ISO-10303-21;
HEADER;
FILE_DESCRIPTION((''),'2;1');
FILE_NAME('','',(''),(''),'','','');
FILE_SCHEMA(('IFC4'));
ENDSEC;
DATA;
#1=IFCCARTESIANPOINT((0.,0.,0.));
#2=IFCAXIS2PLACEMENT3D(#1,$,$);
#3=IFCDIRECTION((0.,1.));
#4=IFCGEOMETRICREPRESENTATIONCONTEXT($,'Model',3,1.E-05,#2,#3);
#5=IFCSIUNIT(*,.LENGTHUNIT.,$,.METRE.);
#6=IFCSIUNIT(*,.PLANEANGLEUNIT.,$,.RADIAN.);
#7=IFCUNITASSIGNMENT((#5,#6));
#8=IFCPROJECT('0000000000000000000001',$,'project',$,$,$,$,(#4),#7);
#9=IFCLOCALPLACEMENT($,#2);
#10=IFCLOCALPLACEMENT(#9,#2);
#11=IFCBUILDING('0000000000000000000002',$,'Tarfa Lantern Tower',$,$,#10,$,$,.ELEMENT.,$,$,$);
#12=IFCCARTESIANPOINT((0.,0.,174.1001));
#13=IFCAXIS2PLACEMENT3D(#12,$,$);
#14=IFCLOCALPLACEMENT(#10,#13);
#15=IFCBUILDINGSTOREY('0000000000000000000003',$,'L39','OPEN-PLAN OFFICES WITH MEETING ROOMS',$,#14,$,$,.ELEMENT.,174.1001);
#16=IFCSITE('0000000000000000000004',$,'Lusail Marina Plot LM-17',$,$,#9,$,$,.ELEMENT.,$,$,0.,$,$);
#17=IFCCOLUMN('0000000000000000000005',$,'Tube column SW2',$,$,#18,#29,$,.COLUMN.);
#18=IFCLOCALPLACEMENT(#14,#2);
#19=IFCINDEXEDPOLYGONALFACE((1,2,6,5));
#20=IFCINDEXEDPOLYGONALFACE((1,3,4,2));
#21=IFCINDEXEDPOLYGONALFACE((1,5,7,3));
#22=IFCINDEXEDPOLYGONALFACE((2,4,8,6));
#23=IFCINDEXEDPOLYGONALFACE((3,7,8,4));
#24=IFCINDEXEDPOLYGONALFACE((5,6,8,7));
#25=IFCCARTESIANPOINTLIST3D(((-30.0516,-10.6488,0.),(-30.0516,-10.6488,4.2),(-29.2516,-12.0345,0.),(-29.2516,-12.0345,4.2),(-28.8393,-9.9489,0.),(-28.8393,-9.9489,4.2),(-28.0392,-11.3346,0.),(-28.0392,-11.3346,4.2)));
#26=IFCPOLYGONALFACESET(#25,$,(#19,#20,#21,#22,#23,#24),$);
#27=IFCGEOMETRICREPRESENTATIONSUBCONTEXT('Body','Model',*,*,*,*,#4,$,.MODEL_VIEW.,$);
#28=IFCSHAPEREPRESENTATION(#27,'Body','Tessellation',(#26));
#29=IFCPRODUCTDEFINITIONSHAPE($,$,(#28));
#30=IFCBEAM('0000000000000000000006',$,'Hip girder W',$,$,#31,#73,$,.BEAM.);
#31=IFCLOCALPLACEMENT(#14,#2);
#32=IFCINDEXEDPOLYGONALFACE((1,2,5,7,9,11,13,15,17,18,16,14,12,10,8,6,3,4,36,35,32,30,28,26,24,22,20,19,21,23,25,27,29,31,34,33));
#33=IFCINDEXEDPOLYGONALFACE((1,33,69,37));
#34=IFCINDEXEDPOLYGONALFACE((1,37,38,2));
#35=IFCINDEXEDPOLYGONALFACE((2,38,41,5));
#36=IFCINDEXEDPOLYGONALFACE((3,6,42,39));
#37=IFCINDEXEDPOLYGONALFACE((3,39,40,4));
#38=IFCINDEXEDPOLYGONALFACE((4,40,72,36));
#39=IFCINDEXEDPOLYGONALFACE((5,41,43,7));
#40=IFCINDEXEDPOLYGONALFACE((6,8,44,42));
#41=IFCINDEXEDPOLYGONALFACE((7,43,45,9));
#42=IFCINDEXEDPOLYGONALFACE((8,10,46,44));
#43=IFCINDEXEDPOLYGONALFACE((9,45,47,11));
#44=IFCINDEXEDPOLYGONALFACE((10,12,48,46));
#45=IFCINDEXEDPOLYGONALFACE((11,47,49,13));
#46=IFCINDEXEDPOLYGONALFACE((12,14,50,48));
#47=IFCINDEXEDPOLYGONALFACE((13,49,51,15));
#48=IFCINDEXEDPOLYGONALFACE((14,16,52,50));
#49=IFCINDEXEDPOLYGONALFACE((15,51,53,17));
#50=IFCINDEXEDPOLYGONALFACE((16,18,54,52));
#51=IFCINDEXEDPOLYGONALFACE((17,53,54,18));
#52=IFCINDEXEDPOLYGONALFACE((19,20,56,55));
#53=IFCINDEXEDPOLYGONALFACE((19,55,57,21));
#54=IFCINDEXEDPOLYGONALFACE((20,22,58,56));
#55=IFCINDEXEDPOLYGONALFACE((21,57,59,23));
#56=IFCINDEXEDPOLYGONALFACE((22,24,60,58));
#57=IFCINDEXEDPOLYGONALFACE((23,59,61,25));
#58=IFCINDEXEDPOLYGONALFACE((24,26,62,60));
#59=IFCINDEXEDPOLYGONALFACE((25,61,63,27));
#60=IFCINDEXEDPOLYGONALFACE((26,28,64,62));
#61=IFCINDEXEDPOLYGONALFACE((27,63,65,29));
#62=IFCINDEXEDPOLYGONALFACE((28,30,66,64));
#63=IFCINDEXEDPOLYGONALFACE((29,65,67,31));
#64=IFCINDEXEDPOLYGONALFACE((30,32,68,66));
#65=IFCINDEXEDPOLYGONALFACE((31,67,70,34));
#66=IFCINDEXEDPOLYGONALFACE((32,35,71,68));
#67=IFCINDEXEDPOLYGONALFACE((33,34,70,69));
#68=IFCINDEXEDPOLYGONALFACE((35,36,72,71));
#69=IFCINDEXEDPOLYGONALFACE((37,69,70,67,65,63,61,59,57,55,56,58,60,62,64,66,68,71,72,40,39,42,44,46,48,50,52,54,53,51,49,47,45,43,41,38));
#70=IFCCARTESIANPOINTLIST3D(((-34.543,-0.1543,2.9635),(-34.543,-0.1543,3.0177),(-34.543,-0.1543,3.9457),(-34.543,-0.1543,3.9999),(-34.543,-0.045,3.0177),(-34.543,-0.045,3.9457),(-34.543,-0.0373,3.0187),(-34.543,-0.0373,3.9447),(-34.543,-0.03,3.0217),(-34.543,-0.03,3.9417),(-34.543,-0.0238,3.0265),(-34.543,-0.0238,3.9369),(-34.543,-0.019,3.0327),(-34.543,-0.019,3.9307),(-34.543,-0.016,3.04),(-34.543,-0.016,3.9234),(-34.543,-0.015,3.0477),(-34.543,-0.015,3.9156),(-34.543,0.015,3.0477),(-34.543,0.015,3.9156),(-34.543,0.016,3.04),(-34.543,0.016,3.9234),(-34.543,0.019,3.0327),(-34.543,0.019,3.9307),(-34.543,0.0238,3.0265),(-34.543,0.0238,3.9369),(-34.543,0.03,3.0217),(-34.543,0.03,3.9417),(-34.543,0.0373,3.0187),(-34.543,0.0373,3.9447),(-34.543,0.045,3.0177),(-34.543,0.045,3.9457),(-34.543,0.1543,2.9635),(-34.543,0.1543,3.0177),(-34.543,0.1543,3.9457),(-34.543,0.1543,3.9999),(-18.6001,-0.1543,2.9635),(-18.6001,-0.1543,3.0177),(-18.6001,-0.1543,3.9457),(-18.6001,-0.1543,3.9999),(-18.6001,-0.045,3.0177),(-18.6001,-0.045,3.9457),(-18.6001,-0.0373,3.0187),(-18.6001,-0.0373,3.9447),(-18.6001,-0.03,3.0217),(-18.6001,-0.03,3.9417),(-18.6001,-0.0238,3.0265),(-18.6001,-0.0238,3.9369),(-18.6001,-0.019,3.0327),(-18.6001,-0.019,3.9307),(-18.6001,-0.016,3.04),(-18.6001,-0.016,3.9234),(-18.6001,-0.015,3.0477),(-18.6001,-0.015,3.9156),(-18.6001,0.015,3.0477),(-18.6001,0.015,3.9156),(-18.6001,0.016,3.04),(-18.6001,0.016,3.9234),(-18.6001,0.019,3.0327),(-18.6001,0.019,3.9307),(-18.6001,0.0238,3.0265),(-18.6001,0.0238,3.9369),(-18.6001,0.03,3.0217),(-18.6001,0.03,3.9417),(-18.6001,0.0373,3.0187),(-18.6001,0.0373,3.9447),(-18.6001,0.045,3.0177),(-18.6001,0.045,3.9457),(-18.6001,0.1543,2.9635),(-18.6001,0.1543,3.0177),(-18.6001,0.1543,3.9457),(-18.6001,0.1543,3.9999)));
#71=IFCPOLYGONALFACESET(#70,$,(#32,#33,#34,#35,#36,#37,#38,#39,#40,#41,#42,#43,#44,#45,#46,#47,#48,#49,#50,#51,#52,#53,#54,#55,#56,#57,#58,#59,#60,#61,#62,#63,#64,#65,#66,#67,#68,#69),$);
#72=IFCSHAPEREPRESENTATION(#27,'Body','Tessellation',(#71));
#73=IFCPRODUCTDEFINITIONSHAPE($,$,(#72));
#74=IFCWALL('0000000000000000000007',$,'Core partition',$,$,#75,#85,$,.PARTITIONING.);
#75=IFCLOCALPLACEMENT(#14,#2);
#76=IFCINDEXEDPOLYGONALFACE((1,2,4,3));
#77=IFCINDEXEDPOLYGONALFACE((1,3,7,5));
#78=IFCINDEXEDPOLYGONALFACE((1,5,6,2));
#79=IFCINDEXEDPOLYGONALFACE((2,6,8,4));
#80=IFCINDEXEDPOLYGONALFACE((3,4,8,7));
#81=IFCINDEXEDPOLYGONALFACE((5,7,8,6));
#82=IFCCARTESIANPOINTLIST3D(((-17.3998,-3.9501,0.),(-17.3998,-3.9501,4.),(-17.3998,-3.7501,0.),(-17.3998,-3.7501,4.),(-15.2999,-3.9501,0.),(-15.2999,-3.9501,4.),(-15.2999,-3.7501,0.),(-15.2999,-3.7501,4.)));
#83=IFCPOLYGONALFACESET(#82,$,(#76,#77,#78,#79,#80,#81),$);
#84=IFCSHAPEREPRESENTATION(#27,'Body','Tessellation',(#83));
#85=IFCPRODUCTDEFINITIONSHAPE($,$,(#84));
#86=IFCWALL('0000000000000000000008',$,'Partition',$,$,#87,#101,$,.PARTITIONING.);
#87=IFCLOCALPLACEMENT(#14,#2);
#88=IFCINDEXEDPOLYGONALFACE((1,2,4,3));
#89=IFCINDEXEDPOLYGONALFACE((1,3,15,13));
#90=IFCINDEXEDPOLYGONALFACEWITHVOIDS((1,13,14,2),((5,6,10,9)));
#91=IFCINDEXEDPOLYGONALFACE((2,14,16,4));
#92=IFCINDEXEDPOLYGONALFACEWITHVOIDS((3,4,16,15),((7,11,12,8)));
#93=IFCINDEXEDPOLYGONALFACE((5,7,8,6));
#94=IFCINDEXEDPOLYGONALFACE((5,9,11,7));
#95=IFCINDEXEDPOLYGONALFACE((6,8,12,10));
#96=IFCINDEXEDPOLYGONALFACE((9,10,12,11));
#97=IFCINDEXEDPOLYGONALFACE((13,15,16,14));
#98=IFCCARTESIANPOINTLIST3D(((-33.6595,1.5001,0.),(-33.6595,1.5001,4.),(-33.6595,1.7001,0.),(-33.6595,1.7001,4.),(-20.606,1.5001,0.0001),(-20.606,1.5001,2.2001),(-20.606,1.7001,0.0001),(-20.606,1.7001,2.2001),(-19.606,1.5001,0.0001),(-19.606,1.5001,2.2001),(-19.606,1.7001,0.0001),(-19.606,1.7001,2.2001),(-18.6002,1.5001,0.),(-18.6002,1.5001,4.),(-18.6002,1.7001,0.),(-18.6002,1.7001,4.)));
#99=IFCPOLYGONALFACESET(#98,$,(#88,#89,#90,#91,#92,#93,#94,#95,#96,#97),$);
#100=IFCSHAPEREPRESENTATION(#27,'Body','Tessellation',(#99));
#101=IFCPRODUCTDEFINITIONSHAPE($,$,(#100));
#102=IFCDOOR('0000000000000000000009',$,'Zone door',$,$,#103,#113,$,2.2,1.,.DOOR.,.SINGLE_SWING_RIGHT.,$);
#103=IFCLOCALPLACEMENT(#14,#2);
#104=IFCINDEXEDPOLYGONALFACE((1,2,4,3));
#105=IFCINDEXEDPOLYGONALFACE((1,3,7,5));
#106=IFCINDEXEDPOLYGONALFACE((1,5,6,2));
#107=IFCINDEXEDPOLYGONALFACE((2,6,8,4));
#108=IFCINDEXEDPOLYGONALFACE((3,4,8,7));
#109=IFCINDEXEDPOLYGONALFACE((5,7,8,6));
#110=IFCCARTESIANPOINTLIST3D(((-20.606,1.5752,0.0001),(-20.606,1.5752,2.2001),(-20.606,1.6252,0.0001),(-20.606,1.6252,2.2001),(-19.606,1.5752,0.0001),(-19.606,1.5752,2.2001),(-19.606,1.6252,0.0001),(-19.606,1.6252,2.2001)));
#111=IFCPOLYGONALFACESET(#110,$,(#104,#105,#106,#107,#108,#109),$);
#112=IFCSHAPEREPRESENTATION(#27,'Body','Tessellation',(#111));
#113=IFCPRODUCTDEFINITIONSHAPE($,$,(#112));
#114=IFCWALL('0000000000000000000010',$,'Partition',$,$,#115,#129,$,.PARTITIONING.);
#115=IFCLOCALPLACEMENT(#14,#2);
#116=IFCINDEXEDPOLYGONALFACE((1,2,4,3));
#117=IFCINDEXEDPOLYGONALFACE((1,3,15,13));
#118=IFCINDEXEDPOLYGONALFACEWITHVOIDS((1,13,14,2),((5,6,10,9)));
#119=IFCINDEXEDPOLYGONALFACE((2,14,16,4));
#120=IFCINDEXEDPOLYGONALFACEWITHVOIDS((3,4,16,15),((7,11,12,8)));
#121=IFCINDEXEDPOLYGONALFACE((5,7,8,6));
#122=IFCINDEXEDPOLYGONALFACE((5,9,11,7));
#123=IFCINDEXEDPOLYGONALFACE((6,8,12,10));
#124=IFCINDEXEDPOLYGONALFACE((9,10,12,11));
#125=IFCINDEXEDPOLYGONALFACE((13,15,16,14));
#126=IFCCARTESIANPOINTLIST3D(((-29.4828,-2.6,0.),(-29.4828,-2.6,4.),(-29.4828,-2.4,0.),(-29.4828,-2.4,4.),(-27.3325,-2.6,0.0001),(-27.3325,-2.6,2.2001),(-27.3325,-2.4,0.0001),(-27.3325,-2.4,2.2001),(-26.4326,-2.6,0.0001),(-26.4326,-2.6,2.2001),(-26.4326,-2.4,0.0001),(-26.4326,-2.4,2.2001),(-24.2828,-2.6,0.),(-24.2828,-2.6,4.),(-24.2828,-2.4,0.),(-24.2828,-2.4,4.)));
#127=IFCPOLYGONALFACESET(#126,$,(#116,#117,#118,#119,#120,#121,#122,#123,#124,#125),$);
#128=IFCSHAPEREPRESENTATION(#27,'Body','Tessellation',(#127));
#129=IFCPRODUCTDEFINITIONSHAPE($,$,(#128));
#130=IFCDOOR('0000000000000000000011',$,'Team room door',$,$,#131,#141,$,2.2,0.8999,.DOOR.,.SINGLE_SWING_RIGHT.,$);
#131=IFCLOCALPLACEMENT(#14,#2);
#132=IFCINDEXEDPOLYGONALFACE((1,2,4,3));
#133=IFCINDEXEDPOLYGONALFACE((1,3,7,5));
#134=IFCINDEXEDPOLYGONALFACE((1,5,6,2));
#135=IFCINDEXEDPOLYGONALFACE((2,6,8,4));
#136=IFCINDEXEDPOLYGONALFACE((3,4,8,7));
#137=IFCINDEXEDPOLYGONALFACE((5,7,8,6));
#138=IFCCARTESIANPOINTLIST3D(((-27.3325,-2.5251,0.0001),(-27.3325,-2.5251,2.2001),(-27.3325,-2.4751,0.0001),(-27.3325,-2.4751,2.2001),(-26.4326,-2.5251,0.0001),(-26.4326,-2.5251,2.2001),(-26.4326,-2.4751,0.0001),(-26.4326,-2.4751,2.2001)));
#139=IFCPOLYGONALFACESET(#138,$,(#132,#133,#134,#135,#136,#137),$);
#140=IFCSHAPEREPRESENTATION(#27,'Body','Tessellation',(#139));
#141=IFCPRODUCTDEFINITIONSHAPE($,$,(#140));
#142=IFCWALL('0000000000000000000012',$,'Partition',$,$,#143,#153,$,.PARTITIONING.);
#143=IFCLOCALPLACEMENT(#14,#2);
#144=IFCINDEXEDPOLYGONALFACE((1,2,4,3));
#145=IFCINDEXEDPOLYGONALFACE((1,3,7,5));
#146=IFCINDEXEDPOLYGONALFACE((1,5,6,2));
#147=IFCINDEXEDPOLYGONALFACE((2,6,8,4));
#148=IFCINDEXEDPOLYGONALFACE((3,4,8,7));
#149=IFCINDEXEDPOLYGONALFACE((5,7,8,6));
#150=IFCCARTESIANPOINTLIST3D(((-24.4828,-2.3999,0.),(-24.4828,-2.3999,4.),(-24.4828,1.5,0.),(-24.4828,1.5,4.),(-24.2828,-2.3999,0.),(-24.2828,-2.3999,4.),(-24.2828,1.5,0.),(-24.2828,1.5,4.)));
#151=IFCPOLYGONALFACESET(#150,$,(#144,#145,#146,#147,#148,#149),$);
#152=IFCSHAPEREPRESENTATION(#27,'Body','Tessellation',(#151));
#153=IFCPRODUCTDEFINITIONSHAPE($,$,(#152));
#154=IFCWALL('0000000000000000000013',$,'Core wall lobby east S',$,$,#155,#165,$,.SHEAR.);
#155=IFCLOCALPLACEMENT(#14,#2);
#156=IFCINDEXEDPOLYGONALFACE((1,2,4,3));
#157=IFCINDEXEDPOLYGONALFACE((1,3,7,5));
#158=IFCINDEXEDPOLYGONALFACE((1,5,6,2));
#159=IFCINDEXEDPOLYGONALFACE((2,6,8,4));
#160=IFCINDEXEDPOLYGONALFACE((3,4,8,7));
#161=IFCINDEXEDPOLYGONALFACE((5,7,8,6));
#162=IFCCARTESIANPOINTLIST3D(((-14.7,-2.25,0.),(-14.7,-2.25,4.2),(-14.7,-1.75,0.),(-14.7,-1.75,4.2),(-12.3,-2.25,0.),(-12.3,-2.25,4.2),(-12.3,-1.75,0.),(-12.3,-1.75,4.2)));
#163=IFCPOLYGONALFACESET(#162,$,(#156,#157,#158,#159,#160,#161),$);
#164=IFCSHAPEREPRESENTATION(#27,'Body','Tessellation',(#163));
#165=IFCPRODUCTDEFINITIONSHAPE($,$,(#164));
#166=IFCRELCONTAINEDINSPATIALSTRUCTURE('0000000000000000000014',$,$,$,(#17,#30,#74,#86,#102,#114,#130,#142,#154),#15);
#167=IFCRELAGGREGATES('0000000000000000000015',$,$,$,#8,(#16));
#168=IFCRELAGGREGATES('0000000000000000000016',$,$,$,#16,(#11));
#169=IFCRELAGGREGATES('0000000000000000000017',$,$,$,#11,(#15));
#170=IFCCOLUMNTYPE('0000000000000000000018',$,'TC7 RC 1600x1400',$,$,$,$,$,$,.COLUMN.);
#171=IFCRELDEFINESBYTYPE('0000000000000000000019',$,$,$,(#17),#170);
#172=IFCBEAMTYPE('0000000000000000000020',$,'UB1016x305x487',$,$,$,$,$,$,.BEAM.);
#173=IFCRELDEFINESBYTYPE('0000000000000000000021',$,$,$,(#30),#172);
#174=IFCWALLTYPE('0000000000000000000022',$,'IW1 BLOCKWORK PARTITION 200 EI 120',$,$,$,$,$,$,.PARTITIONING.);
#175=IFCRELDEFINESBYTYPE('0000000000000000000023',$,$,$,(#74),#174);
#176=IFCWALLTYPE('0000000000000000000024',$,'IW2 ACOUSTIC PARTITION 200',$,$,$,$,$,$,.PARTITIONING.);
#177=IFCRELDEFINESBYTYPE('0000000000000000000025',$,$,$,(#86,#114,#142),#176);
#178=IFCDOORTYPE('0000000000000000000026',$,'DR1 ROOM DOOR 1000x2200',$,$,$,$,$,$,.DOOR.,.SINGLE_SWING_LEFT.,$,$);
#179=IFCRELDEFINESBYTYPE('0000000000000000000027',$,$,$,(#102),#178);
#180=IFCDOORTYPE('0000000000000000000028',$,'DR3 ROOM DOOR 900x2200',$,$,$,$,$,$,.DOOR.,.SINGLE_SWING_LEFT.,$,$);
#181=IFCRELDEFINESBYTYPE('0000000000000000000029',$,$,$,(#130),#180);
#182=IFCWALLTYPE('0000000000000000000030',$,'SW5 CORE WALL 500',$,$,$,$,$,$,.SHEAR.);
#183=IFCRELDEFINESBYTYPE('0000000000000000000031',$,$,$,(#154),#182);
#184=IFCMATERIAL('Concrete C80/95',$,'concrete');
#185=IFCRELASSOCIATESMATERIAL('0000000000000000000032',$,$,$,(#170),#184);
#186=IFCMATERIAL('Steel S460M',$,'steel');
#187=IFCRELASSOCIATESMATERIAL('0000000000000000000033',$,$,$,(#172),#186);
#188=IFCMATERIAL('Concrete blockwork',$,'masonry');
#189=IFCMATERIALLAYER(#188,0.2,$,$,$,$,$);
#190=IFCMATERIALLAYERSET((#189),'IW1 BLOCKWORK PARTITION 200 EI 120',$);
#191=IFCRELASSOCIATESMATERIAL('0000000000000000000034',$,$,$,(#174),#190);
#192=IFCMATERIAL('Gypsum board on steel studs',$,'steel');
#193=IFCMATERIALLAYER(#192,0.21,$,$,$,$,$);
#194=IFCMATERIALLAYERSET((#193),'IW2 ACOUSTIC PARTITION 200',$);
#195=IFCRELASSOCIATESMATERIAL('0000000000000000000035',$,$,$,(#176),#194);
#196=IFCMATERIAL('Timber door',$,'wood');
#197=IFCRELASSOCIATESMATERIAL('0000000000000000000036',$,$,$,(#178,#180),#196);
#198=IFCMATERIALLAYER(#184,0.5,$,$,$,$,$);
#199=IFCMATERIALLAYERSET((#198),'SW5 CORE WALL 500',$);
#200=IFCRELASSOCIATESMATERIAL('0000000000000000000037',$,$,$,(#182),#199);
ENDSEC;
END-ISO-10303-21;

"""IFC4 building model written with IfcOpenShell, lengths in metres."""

from ifc_helpers import new_model, si_unit, direction, frame, frame_2d, origin, origin_2d, place, context, subcontext, project, spatial, rectangle, i_section, extrude, material, layer, layer_set, material_profile, profile_set, type_object, element, fill, save


model = new_model("IFC4")

# Units and contexts
model_context = context("Model", 3, precision=1e-05, world=origin(), true_north=direction((0.0, 1.0)))
body_context = subcontext(model_context, "Body", "Model", "MODEL_VIEW")
ifc_project = project(units=[si_unit("LENGTHUNIT", "METRE"), si_unit("PLANEANGLEUNIT", "RADIAN")], contexts=[model_context])

# Site, building, storey
site_placement = place(None, origin())
site = spatial("IfcSite", under=ifc_project, at=site_placement, Name="Lusail Marina Plot LM-17", CompositionType="ELEMENT", RefElevation=0.0)
building_placement = place(site_placement, origin())
building = spatial("IfcBuilding", under=site, at=building_placement, Name="Tarfa Lantern Tower", CompositionType="ELEMENT")
storey_placement = place(building_placement, frame((0.0, 0.0, 174.1001)))
storey = spatial("IfcBuildingStorey", under=building, at=storey_placement, Name="L39", Description="OPEN-PLAN OFFICES WITH MEETING ROOMS", CompositionType="ELEMENT", Elevation=174.1001)

# Column
ifc_material_1 = material(Name="Concrete C80/95", Category="concrete")
ifc_material_profile_1 = material_profile(ifc_material_1, rectangle(XDim=1.6001, YDim=1.3999, at=origin_2d()), Name="RC 1600x1400")
ifc_profile_set_1 = profile_set([ifc_material_profile_1], Name="Concrete C80/95")
column_type = type_object("IfcColumnType", Name="TC7 RC 1600x1400", PredefinedType="COLUMN", material=ifc_profile_set_1)
column_placement = place(storey_placement, frame((-29.0454, -10.9917, 0.0), z_axis=(0.0, 0.0, 1.0), x_axis=(0.5, -0.866025, 0.0)))
element("IfcColumn", 1, at=column_placement, inside=storey, type_object=column_type, Name="Tube column SW2", PredefinedType="COLUMN", context=body_context, shape_type="SweptSolid", body=[
    extrude(rectangle(XDim=1.6001, YDim=1.3999, at=origin_2d()), origin(), (0.0, 0.0, 1.0), 4.2),
])

# Beam
ifc_material_2 = material(Name="Steel S460M", Category="steel")
ifc_material_profile_2 = material_profile(ifc_material_2, i_section(OverallWidth=0.3086, OverallDepth=1.0364, WebThickness=0.03, FlangeThickness=0.0542, FilletRadius=0.03, at=origin_2d()), Name="UB1016x305x487")
ifc_profile_set_2 = profile_set([ifc_material_profile_2], Name="Steel S460M")
beam_type = type_object("IfcBeamType", Name="UB1016x305x487", PredefinedType="BEAM", material=ifc_profile_set_2)
beam_placement = place(storey_placement, frame((-18.6001, 0.0, 3.4817), z_axis=(-1.0, 0.0, 0.0), x_axis=(0.0, -1.0, 0.0)))
element("IfcBeam", 2, at=beam_placement, inside=storey, type_object=beam_type, Name="Hip girder W", PredefinedType="BEAM", context=body_context, shape_type="SweptSolid", body=[
    extrude(i_section(OverallWidth=0.3086, OverallDepth=1.0364, WebThickness=0.03, FlangeThickness=0.0542, FilletRadius=0.03, at=origin_2d()), origin(), (0.0, 0.0, 1.0), 15.9429),
])

# Wall
ifc_material_3 = material(Name="Concrete blockwork", Category="masonry")
ifc_layer_1 = layer(ifc_material_3, 0.2)
ifc_layer_set_1 = layer_set([ifc_layer_1], Name="IW1 BLOCKWORK PARTITION 200 EI 120")
wall_type_1 = type_object("IfcWallType", Name="IW1 BLOCKWORK PARTITION 200 EI 120", PredefinedType="PARTITIONING", material=ifc_layer_set_1)
wall_1_placement = place(storey_placement, frame((-15.3, -3.8501, 0.0), z_axis=(0.0, 0.0, 1.0), x_axis=(-1.0, 0.0, 0.0)))
element("IfcWall", 3, at=wall_1_placement, inside=storey, type_object=wall_type_1, Name="Core partition", PredefinedType="PARTITIONING", context=body_context, shape_type="SweptSolid", body=[
    extrude(rectangle(XDim=2.0999, YDim=0.2, at=frame_2d((1.0498, 0.0))), origin(), (0.0, 0.0, 1.0), 4.0),
])

# Walls, openings, doors
ifc_material_4 = material(Name="Gypsum board on steel studs", Category="steel")
ifc_layer_2 = layer(ifc_material_4, 0.21)
ifc_layer_set_2 = layer_set([ifc_layer_2], Name="IW2 ACOUSTIC PARTITION 200")
wall_type_2 = type_object("IfcWallType", Name="IW2 ACOUSTIC PARTITION 200", PredefinedType="PARTITIONING", material=ifc_layer_set_2)
wall_2_placement = place(storey_placement, frame((-18.6001, 1.6001, 0.0), z_axis=(0.0, 0.0, 1.0), x_axis=(-1.0, 0.0, 0.0)))
wall_2 = element("IfcWall", 4, at=wall_2_placement, inside=storey, type_object=wall_type_2, Name="Partition", PredefinedType="PARTITIONING", context=body_context, shape_type="SweptSolid", body=[
    extrude(rectangle(XDim=15.0593, YDim=0.2, at=frame_2d((7.5298, 0.0))), origin(), (0.0, 0.0, 1.0), 4.0),
])
opening_1_placement = place(wall_2_placement, frame((1.0059, 0.0, 0.0)))
opening_1 = element("IfcOpeningElement", 5, at=opening_1_placement, cuts=wall_2, PredefinedType="OPENING", context=body_context, shape_type="SweptSolid", body=[
    extrude(rectangle(XDim=1.0, YDim=2.2, at=frame_2d((0.5, 1.1001))), frame((0.0, 0.1099, 0.0), z_axis=(0.0, -1.0, 0.0), x_axis=(1.0, 0.0, 0.0)), (0.0, 0.0, 1.0), 0.22),
])
ifc_material_5 = material(Name="Timber door", Category="wood")
door_type_1 = type_object("IfcDoorType", Name="DR1 ROOM DOOR 1000x2200", OperationType="SINGLE_SWING_LEFT", PredefinedType="DOOR", material=ifc_material_5)
door_1_placement = place(opening_1_placement, origin())
door_1 = element("IfcDoor", 6, at=door_1_placement, inside=storey, type_object=door_type_1, Name="Zone door", OperationType="SINGLE_SWING_RIGHT", OverallHeight=2.2, OverallWidth=1.0, PredefinedType="DOOR", context=body_context, shape_type="SweptSolid", body=[
    extrude(rectangle(XDim=1.0, YDim=2.2, at=frame_2d((0.5, 1.1001))), frame((0.0, 0.0249, 0.0), z_axis=(0.0, -1.0, 0.0), x_axis=(1.0, 0.0, 0.0)), (0.0, 0.0, 1.0), 0.05),
])
fill(opening_1, door_1)
wall_3_placement = place(storey_placement, frame((-24.2827, -2.5, 0.0), z_axis=(0.0, 0.0, 1.0), x_axis=(-1.0, 0.0, 0.0)))
wall_3 = element("IfcWall", 7, at=wall_3_placement, inside=storey, type_object=wall_type_2, Name="Partition", PredefinedType="PARTITIONING", context=body_context, shape_type="SweptSolid", body=[
    extrude(rectangle(XDim=5.2, YDim=0.2, at=frame_2d((2.6001, 0.0))), origin(), (0.0, 0.0, 1.0), 4.0),
])
opening_2_placement = place(wall_3_placement, frame((2.1499, 0.0, 0.0)))
opening_2 = element("IfcOpeningElement", 8, at=opening_2_placement, cuts=wall_3, PredefinedType="OPENING", context=body_context, shape_type="SweptSolid", body=[
    extrude(rectangle(XDim=0.8999, YDim=2.2, at=frame_2d((0.45, 1.1001))), frame((0.0, 0.1099, 0.0), z_axis=(0.0, -1.0, 0.0), x_axis=(1.0, 0.0, 0.0)), (0.0, 0.0, 1.0), 0.22),
])
door_type_2 = type_object("IfcDoorType", Name="DR3 ROOM DOOR 900x2200", OperationType="SINGLE_SWING_LEFT", PredefinedType="DOOR", material=ifc_material_5)
door_2_placement = place(opening_2_placement, frame((0.8999, 0.0, 0.0), z_axis=(0.0, 0.0, 1.0), x_axis=(-1.0, 0.0, 0.0)))
door_2 = element("IfcDoor", 9, at=door_2_placement, inside=storey, type_object=door_type_2, Name="Team room door", OperationType="SINGLE_SWING_RIGHT", OverallHeight=2.2, OverallWidth=0.8999, PredefinedType="DOOR", context=body_context, shape_type="SweptSolid", body=[
    extrude(rectangle(XDim=0.8999, YDim=2.2, at=frame_2d((0.45, 1.1001))), frame((0.0, 0.0249, 0.0), z_axis=(0.0, -1.0, 0.0), x_axis=(1.0, 0.0, 0.0)), (0.0, 0.0, 1.0), 0.05),
])
fill(opening_2, door_2)

# Walls
wall_4_placement = place(storey_placement, frame((-24.3828, 1.5, 0.0), z_axis=(0.0, 0.0, 1.0), x_axis=(0.0, -1.0, 0.0)))
element("IfcWall", 10, at=wall_4_placement, inside=storey, type_object=wall_type_2, Name="Partition", PredefinedType="PARTITIONING", context=body_context, shape_type="SweptSolid", body=[
    extrude(rectangle(XDim=3.8999, YDim=0.2, at=frame_2d((1.95, 0.0))), origin(), (0.0, 0.0, 1.0), 4.0),
])
ifc_layer_3 = layer(ifc_material_1, 0.5)
ifc_layer_set_3 = layer_set([ifc_layer_3], Name="SW5 CORE WALL 500")
wall_type_3 = type_object("IfcWallType", Name="SW5 CORE WALL 500", PredefinedType="SHEAR", material=ifc_layer_set_3)
wall_5_placement = place(storey_placement, frame((-12.3, -2.0, 0.0), z_axis=(0.0, 0.0, 1.0), x_axis=(-1.0, 0.0, 0.0)))
element("IfcWall", 11, at=wall_5_placement, inside=storey, type_object=wall_type_3, Name="Core wall lobby east S", PredefinedType="SHEAR", context=body_context, shape_type="SweptSolid", body=[
    extrude(rectangle(XDim=2.3999, YDim=0.5, at=frame_2d((1.2, 0.0))), origin(), (0.0, 0.0, 1.0), 4.2),
])

save(model, "model.ifc")
